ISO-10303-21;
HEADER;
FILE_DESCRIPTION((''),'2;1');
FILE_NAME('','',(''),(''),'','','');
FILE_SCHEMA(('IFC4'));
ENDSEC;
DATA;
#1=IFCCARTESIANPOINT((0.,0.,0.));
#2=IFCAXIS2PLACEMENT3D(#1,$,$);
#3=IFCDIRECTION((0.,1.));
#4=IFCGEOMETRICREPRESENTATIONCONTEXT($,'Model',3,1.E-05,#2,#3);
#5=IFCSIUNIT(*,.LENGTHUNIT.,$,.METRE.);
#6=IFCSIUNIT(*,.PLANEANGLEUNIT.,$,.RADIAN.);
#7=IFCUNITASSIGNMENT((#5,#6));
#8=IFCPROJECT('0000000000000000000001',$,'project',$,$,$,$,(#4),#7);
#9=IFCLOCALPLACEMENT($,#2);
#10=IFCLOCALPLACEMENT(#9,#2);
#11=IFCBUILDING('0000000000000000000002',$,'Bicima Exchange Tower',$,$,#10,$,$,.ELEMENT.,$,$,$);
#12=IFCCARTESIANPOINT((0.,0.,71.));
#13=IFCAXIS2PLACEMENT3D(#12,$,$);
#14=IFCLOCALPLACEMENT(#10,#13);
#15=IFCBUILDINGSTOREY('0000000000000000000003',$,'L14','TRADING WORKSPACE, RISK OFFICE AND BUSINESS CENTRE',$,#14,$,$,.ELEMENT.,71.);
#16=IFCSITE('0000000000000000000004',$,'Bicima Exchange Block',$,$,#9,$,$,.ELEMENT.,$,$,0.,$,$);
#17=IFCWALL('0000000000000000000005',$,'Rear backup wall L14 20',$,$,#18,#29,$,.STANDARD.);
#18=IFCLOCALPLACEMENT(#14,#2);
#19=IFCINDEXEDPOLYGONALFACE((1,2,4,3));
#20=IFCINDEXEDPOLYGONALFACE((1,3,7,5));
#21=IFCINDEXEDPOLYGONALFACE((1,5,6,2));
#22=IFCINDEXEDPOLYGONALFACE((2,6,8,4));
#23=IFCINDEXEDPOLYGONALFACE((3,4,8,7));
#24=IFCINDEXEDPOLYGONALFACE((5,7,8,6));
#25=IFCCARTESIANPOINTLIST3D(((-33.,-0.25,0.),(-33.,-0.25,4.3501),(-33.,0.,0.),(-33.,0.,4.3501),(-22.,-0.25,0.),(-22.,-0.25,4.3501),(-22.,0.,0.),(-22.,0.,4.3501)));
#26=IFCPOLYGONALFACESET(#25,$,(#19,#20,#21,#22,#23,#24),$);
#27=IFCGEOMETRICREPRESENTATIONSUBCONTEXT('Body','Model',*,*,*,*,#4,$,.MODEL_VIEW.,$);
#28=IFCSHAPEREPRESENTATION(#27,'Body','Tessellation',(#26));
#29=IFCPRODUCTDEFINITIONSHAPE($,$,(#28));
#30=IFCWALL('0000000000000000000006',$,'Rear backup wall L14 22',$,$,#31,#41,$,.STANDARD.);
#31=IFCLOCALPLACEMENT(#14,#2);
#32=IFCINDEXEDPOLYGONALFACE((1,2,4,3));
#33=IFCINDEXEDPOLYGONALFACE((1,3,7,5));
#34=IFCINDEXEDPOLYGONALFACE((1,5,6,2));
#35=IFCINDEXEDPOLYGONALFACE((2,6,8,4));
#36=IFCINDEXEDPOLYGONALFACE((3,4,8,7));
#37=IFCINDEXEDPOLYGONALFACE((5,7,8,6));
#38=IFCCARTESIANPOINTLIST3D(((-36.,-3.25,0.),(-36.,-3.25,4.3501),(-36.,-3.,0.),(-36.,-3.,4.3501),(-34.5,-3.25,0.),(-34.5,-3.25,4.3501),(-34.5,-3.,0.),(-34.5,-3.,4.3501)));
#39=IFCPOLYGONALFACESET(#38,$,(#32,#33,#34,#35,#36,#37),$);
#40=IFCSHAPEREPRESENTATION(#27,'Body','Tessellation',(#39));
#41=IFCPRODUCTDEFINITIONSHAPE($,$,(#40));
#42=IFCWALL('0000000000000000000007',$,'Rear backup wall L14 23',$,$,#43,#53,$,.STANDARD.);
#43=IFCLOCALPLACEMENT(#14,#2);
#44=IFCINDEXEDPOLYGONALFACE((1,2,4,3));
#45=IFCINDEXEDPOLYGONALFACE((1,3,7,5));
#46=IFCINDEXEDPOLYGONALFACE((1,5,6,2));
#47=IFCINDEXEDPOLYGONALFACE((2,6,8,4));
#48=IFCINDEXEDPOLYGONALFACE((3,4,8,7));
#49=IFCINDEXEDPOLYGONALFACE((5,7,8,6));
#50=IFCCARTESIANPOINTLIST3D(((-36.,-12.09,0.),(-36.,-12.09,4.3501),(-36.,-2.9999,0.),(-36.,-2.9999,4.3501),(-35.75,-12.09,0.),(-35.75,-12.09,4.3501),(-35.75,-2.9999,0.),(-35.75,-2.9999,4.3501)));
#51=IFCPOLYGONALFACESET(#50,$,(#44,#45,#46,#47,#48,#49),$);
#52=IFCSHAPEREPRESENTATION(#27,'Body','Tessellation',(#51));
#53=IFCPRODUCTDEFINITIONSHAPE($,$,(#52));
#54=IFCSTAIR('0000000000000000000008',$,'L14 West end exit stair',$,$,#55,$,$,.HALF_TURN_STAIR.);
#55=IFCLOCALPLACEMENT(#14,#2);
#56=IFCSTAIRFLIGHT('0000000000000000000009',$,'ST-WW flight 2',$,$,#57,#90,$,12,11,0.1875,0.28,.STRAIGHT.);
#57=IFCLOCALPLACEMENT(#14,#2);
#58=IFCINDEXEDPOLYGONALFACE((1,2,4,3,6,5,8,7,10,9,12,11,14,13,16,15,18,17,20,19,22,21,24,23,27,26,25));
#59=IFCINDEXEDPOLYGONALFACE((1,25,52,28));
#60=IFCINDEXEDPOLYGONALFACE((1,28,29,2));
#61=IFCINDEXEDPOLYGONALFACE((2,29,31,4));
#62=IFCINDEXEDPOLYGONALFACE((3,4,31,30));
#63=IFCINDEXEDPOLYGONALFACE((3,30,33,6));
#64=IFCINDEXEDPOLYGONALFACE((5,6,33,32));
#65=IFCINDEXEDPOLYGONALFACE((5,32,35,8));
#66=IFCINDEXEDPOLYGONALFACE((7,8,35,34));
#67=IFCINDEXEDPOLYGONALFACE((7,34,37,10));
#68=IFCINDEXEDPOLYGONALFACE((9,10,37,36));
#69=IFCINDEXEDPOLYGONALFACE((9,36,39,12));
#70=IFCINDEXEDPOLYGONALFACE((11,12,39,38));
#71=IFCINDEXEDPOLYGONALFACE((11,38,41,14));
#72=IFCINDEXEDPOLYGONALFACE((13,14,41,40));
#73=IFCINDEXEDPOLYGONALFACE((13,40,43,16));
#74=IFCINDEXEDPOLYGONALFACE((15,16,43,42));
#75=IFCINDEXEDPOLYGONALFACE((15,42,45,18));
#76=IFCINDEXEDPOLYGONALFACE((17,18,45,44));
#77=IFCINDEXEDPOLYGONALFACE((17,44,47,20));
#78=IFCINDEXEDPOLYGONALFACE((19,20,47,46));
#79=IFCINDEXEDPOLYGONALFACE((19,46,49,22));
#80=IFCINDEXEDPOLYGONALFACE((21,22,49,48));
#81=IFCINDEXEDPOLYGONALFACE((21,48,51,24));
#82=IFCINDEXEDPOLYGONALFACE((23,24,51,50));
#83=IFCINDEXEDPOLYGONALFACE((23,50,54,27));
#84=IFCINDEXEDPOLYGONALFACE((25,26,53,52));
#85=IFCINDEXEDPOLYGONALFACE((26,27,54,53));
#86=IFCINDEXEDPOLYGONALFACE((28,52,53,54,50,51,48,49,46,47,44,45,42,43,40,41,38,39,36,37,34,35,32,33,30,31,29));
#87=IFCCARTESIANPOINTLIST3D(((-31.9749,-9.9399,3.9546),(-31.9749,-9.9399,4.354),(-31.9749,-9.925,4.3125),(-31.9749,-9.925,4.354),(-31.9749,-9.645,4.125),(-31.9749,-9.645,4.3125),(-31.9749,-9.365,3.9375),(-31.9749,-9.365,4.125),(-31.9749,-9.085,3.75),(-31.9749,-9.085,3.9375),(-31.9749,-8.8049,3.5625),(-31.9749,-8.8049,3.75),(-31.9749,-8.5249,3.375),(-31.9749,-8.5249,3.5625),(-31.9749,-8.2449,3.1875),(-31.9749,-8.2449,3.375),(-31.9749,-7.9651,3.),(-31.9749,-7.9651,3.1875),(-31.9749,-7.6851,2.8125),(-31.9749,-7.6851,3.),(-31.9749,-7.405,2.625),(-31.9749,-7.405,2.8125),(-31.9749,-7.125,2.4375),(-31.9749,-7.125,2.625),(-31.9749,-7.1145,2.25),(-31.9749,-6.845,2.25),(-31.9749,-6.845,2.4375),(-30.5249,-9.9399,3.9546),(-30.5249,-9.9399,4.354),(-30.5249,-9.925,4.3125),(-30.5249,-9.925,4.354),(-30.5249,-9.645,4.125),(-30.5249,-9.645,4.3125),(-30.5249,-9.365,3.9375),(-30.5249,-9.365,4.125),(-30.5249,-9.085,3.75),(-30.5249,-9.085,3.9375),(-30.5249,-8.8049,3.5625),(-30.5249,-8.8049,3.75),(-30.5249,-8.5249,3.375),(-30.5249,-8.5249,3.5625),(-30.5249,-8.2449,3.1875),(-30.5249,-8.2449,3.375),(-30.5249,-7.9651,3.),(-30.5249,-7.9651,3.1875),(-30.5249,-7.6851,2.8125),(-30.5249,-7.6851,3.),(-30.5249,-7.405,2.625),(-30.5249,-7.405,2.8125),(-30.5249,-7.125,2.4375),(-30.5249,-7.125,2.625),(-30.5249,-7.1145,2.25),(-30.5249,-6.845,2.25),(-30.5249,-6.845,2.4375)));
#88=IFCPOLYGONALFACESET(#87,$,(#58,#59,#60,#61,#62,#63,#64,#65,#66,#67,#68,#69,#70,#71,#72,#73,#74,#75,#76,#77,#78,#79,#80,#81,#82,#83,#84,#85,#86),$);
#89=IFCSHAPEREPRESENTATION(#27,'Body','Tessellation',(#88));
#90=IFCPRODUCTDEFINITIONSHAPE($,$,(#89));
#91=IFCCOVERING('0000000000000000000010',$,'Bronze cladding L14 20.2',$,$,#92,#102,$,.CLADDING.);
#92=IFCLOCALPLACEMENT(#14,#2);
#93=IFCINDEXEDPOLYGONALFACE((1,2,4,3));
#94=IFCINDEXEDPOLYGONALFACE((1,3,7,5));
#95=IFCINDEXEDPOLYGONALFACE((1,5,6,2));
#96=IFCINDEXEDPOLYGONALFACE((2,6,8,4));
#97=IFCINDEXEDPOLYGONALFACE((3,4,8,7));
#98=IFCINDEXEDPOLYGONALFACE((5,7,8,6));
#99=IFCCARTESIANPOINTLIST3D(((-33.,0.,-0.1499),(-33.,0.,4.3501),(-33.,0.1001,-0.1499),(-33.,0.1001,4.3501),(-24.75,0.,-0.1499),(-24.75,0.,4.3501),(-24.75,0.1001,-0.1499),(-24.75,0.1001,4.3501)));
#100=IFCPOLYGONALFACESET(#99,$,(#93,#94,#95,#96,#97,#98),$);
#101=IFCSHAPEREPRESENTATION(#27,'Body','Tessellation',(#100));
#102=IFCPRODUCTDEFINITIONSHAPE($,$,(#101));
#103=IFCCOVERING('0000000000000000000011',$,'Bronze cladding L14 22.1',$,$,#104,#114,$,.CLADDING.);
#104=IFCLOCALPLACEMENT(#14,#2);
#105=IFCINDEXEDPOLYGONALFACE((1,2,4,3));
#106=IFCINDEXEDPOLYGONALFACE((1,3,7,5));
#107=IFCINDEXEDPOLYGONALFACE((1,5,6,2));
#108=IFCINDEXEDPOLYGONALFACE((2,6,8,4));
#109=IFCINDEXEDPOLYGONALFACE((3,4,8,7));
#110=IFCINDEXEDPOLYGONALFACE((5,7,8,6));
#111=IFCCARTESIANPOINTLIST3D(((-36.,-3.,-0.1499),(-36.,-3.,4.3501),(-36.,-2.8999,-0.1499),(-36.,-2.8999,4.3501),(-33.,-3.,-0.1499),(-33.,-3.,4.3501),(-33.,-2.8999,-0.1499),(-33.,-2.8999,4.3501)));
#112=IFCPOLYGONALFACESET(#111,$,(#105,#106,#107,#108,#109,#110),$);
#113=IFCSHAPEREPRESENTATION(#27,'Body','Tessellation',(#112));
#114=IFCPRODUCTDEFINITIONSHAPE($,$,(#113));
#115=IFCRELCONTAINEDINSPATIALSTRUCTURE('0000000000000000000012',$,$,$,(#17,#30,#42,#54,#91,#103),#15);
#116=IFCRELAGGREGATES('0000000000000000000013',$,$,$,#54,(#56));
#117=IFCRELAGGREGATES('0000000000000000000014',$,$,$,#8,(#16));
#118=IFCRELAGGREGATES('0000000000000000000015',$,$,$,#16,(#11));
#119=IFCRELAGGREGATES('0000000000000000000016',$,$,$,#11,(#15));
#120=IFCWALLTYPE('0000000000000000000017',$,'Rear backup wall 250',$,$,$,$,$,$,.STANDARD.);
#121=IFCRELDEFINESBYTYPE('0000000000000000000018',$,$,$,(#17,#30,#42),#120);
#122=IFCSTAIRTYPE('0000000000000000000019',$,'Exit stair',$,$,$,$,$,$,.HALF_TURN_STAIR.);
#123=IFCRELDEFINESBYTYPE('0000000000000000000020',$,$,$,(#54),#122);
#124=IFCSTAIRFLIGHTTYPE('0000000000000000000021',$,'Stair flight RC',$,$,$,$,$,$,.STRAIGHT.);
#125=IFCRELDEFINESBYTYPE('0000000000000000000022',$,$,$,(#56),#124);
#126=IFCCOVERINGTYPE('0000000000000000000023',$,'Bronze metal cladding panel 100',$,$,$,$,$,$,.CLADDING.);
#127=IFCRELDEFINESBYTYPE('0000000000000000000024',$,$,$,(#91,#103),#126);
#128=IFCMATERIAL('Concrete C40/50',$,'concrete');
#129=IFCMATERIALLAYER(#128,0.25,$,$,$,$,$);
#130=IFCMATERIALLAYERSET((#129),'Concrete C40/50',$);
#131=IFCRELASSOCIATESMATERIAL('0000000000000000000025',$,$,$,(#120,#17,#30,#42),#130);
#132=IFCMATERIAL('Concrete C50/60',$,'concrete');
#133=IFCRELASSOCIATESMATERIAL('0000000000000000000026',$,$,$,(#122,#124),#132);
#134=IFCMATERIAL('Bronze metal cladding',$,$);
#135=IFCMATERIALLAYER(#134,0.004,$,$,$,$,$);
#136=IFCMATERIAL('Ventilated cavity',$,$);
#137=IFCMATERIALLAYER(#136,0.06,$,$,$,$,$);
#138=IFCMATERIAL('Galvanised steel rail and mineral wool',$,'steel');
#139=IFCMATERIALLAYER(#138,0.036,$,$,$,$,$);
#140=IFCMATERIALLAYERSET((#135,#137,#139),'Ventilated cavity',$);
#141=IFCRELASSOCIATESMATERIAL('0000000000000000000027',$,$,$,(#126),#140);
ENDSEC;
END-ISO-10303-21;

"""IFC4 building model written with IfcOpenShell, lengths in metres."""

from ifc_helpers import new_model, si_unit, direction, frame, frame_2d, origin, origin_2d, place, context, subcontext, project, spatial, polyline, rectangle, outline, extrude, material, layer, layer_set, layer_usage, type_object, element, aggregate, save


model = new_model("IFC4")

# Units and contexts
model_context = context("Model", 3, precision=1e-05, world=origin(), true_north=direction((0.0, 1.0)))
body_context = subcontext(model_context, "Body", "Model", "MODEL_VIEW")
ifc_project = project(units=[si_unit("LENGTHUNIT", "METRE"), si_unit("PLANEANGLEUNIT", "RADIAN")], contexts=[model_context])

# Site, building, storey
site_placement = place(None, origin())
site = spatial("IfcSite", under=ifc_project, at=site_placement, Name="Bicima Exchange Block", CompositionType="ELEMENT", RefElevation=0.0)
building_placement = place(site_placement, origin())
building = spatial("IfcBuilding", under=site, at=building_placement, Name="Bicima Exchange Tower", CompositionType="ELEMENT")
storey_placement = place(building_placement, frame((0.0, 0.0, 71.0)))
storey = spatial("IfcBuildingStorey", under=building, at=storey_placement, Name="L14", Description="TRADING WORKSPACE, RISK OFFICE AND BUSINESS CENTRE", CompositionType="ELEMENT", Elevation=71.0)

# Walls
ifc_material_1 = material(Name="Concrete C50/60", Category="concrete")
ifc_material_2 = material(Name="Concrete C40/50", Category="concrete")
ifc_layer_1 = layer(ifc_material_2, 0.25)
ifc_layer_set_1 = layer_set([ifc_layer_1], Name="Concrete C40/50")
ifc_layer_usage = layer_usage(ifc_layer_set_1, "AXIS2", "POSITIVE", -0.125)
wall_type_1 = type_object("IfcWallType", Name="Rear backup wall 250", PredefinedType="STANDARD", material=ifc_layer_set_1)
wall_1_placement = place(storey_placement, frame((-22.0, -0.125, 0.0), z_axis=(0.0, 0.0, 1.0), x_axis=(-1.0, 0.0, 0.0)))
element("IfcWall", 1, at=wall_1_placement, inside=storey, type_object=wall_type_1, material=ifc_layer_usage, Name="Rear backup wall L14 20", PredefinedType="STANDARD", context=body_context, shape_type="SweptSolid", body=[
    extrude(rectangle(XDim=11.0, YDim=0.25, at=frame_2d((5.5, 0.0))), origin(), (0.0, 0.0, 1.0), 4.3501),
])
wall_2_placement = place(storey_placement, frame((-34.5, -3.125, 0.0), z_axis=(0.0, 0.0, 1.0), x_axis=(-1.0, 0.0, 0.0)))
element("IfcWall", 2, at=wall_2_placement, inside=storey, type_object=wall_type_1, material=ifc_layer_usage, Name="Rear backup wall L14 22", PredefinedType="STANDARD", context=body_context, shape_type="SweptSolid", body=[
    extrude(rectangle(XDim=1.5, YDim=0.25, at=frame_2d((0.75, 0.0))), origin(), (0.0, 0.0, 1.0), 4.3501),
])
wall_3_placement = place(storey_placement, frame((-35.875, -3.0, 0.0), z_axis=(0.0, 0.0, 1.0), x_axis=(0.0, -1.0, 0.0)))
element("IfcWall", 3, at=wall_3_placement, inside=storey, type_object=wall_type_1, material=ifc_layer_usage, Name="Rear backup wall L14 23", PredefinedType="STANDARD", context=body_context, shape_type="SweptSolid", body=[
    extrude(rectangle(XDim=9.0901, YDim=0.25, at=frame_2d((4.5449, 0.0))), origin(), (0.0, 0.0, 1.0), 4.3501),
])

# Stair, stair flight
stair_type = type_object("IfcStairType", Name="Exit stair", PredefinedType="HALF_TURN_STAIR", material=ifc_material_1)
stair_placement = place(storey_placement, origin())
stair = element("IfcStair", 4, at=stair_placement, inside=storey, type_object=stair_type, Name="L14 West end exit stair", PredefinedType="HALF_TURN_STAIR")
stair_flight_type = type_object("IfcStairFlightType", Name="Stair flight RC", PredefinedType="STRAIGHT", material=ifc_material_1)
stair_flight_placement = place(storey_placement, frame((-31.25, -6.845, 2.25), z_axis=(0.0, 0.0, 1.0), x_axis=(0.0, -1.0, 0.0)))
stair_flight = element("IfcStairFlight", 5, at=stair_flight_placement, type_object=stair_flight_type, Name="ST-WW flight 2", NumberOfRisers=12, NumberOfTreads=11, PredefinedType="STRAIGHT", RiserHeight=0.1875, TreadLength=0.28, context=body_context, shape_type="SweptSolid", body=[
    extrude(outline(polyline([(0.0, 0.0), (0.0, 0.1875), (0.28, 0.1875), (0.28, 0.375), (0.5601, 0.375), (0.5601, 0.5625), (0.8401, 0.5625), (0.8401, 0.75), (1.1201, 0.75), (1.1201, 0.9375), (1.3999, 0.9375), (1.3999, 1.125), (1.6799, 1.125), (1.6799, 1.3125), (1.96, 1.3125), (1.96, 1.5), (2.24, 1.5), (2.24, 1.6875), (2.52, 1.6875), (2.52, 1.875), (2.8, 1.875), (2.8, 2.0625), (3.0801, 2.0625), (3.0801, 2.104), (3.095, 2.104), (3.095, 1.7046), (0.2695, 0.0), (0.0, 0.0)])), frame((0.0, 0.7251, 0.0), z_axis=(0.0, -1.0, 0.0), x_axis=(1.0, 0.0, 0.0)), (0.0, 0.0, 1.0), 1.45),
])
aggregate(stair, [stair_flight])

# Coverings
ifc_material_3 = material(Name="Bronze metal cladding")
ifc_layer_2 = layer(ifc_material_3, 0.004)
ifc_material_4 = material(Name="Ventilated cavity")
ifc_layer_3 = layer(ifc_material_4, 0.06)
ifc_material_5 = material(Name="Galvanised steel rail and mineral wool", Category="steel")
ifc_layer_4 = layer(ifc_material_5, 0.036)
ifc_layer_set_2 = layer_set([ifc_layer_2, ifc_layer_3, ifc_layer_4], Name="Ventilated cavity")
covering_type = type_object("IfcCoveringType", Name="Bronze metal cladding panel 100", PredefinedType="CLADDING", material=ifc_layer_set_2)
covering_1_placement = place(storey_placement, frame((-28.875, 0.05, -0.1499), z_axis=(0.0, 0.0, 1.0), x_axis=(-1.0, 0.0, 0.0)))
element("IfcCovering", 6, at=covering_1_placement, inside=storey, type_object=covering_type, Name="Bronze cladding L14 20.2", PredefinedType="CLADDING", context=body_context, shape_type="SweptSolid", body=[
    extrude(rectangle(XDim=8.25, YDim=0.1001, at=origin_2d()), origin(), (0.0, 0.0, 1.0), 4.5),
])
covering_2_placement = place(storey_placement, frame((-34.5, -2.95, -0.1499), z_axis=(0.0, 0.0, 1.0), x_axis=(-1.0, 0.0, 0.0)))
element("IfcCovering", 7, at=covering_2_placement, inside=storey, type_object=covering_type, Name="Bronze cladding L14 22.1", PredefinedType="CLADDING", context=body_context, shape_type="SweptSolid", body=[
    extrude(rectangle(XDim=3.0, YDim=0.1001, at=origin_2d()), origin(), (0.0, 0.0, 1.0), 4.5),
])

save(model, "model.ifc")
